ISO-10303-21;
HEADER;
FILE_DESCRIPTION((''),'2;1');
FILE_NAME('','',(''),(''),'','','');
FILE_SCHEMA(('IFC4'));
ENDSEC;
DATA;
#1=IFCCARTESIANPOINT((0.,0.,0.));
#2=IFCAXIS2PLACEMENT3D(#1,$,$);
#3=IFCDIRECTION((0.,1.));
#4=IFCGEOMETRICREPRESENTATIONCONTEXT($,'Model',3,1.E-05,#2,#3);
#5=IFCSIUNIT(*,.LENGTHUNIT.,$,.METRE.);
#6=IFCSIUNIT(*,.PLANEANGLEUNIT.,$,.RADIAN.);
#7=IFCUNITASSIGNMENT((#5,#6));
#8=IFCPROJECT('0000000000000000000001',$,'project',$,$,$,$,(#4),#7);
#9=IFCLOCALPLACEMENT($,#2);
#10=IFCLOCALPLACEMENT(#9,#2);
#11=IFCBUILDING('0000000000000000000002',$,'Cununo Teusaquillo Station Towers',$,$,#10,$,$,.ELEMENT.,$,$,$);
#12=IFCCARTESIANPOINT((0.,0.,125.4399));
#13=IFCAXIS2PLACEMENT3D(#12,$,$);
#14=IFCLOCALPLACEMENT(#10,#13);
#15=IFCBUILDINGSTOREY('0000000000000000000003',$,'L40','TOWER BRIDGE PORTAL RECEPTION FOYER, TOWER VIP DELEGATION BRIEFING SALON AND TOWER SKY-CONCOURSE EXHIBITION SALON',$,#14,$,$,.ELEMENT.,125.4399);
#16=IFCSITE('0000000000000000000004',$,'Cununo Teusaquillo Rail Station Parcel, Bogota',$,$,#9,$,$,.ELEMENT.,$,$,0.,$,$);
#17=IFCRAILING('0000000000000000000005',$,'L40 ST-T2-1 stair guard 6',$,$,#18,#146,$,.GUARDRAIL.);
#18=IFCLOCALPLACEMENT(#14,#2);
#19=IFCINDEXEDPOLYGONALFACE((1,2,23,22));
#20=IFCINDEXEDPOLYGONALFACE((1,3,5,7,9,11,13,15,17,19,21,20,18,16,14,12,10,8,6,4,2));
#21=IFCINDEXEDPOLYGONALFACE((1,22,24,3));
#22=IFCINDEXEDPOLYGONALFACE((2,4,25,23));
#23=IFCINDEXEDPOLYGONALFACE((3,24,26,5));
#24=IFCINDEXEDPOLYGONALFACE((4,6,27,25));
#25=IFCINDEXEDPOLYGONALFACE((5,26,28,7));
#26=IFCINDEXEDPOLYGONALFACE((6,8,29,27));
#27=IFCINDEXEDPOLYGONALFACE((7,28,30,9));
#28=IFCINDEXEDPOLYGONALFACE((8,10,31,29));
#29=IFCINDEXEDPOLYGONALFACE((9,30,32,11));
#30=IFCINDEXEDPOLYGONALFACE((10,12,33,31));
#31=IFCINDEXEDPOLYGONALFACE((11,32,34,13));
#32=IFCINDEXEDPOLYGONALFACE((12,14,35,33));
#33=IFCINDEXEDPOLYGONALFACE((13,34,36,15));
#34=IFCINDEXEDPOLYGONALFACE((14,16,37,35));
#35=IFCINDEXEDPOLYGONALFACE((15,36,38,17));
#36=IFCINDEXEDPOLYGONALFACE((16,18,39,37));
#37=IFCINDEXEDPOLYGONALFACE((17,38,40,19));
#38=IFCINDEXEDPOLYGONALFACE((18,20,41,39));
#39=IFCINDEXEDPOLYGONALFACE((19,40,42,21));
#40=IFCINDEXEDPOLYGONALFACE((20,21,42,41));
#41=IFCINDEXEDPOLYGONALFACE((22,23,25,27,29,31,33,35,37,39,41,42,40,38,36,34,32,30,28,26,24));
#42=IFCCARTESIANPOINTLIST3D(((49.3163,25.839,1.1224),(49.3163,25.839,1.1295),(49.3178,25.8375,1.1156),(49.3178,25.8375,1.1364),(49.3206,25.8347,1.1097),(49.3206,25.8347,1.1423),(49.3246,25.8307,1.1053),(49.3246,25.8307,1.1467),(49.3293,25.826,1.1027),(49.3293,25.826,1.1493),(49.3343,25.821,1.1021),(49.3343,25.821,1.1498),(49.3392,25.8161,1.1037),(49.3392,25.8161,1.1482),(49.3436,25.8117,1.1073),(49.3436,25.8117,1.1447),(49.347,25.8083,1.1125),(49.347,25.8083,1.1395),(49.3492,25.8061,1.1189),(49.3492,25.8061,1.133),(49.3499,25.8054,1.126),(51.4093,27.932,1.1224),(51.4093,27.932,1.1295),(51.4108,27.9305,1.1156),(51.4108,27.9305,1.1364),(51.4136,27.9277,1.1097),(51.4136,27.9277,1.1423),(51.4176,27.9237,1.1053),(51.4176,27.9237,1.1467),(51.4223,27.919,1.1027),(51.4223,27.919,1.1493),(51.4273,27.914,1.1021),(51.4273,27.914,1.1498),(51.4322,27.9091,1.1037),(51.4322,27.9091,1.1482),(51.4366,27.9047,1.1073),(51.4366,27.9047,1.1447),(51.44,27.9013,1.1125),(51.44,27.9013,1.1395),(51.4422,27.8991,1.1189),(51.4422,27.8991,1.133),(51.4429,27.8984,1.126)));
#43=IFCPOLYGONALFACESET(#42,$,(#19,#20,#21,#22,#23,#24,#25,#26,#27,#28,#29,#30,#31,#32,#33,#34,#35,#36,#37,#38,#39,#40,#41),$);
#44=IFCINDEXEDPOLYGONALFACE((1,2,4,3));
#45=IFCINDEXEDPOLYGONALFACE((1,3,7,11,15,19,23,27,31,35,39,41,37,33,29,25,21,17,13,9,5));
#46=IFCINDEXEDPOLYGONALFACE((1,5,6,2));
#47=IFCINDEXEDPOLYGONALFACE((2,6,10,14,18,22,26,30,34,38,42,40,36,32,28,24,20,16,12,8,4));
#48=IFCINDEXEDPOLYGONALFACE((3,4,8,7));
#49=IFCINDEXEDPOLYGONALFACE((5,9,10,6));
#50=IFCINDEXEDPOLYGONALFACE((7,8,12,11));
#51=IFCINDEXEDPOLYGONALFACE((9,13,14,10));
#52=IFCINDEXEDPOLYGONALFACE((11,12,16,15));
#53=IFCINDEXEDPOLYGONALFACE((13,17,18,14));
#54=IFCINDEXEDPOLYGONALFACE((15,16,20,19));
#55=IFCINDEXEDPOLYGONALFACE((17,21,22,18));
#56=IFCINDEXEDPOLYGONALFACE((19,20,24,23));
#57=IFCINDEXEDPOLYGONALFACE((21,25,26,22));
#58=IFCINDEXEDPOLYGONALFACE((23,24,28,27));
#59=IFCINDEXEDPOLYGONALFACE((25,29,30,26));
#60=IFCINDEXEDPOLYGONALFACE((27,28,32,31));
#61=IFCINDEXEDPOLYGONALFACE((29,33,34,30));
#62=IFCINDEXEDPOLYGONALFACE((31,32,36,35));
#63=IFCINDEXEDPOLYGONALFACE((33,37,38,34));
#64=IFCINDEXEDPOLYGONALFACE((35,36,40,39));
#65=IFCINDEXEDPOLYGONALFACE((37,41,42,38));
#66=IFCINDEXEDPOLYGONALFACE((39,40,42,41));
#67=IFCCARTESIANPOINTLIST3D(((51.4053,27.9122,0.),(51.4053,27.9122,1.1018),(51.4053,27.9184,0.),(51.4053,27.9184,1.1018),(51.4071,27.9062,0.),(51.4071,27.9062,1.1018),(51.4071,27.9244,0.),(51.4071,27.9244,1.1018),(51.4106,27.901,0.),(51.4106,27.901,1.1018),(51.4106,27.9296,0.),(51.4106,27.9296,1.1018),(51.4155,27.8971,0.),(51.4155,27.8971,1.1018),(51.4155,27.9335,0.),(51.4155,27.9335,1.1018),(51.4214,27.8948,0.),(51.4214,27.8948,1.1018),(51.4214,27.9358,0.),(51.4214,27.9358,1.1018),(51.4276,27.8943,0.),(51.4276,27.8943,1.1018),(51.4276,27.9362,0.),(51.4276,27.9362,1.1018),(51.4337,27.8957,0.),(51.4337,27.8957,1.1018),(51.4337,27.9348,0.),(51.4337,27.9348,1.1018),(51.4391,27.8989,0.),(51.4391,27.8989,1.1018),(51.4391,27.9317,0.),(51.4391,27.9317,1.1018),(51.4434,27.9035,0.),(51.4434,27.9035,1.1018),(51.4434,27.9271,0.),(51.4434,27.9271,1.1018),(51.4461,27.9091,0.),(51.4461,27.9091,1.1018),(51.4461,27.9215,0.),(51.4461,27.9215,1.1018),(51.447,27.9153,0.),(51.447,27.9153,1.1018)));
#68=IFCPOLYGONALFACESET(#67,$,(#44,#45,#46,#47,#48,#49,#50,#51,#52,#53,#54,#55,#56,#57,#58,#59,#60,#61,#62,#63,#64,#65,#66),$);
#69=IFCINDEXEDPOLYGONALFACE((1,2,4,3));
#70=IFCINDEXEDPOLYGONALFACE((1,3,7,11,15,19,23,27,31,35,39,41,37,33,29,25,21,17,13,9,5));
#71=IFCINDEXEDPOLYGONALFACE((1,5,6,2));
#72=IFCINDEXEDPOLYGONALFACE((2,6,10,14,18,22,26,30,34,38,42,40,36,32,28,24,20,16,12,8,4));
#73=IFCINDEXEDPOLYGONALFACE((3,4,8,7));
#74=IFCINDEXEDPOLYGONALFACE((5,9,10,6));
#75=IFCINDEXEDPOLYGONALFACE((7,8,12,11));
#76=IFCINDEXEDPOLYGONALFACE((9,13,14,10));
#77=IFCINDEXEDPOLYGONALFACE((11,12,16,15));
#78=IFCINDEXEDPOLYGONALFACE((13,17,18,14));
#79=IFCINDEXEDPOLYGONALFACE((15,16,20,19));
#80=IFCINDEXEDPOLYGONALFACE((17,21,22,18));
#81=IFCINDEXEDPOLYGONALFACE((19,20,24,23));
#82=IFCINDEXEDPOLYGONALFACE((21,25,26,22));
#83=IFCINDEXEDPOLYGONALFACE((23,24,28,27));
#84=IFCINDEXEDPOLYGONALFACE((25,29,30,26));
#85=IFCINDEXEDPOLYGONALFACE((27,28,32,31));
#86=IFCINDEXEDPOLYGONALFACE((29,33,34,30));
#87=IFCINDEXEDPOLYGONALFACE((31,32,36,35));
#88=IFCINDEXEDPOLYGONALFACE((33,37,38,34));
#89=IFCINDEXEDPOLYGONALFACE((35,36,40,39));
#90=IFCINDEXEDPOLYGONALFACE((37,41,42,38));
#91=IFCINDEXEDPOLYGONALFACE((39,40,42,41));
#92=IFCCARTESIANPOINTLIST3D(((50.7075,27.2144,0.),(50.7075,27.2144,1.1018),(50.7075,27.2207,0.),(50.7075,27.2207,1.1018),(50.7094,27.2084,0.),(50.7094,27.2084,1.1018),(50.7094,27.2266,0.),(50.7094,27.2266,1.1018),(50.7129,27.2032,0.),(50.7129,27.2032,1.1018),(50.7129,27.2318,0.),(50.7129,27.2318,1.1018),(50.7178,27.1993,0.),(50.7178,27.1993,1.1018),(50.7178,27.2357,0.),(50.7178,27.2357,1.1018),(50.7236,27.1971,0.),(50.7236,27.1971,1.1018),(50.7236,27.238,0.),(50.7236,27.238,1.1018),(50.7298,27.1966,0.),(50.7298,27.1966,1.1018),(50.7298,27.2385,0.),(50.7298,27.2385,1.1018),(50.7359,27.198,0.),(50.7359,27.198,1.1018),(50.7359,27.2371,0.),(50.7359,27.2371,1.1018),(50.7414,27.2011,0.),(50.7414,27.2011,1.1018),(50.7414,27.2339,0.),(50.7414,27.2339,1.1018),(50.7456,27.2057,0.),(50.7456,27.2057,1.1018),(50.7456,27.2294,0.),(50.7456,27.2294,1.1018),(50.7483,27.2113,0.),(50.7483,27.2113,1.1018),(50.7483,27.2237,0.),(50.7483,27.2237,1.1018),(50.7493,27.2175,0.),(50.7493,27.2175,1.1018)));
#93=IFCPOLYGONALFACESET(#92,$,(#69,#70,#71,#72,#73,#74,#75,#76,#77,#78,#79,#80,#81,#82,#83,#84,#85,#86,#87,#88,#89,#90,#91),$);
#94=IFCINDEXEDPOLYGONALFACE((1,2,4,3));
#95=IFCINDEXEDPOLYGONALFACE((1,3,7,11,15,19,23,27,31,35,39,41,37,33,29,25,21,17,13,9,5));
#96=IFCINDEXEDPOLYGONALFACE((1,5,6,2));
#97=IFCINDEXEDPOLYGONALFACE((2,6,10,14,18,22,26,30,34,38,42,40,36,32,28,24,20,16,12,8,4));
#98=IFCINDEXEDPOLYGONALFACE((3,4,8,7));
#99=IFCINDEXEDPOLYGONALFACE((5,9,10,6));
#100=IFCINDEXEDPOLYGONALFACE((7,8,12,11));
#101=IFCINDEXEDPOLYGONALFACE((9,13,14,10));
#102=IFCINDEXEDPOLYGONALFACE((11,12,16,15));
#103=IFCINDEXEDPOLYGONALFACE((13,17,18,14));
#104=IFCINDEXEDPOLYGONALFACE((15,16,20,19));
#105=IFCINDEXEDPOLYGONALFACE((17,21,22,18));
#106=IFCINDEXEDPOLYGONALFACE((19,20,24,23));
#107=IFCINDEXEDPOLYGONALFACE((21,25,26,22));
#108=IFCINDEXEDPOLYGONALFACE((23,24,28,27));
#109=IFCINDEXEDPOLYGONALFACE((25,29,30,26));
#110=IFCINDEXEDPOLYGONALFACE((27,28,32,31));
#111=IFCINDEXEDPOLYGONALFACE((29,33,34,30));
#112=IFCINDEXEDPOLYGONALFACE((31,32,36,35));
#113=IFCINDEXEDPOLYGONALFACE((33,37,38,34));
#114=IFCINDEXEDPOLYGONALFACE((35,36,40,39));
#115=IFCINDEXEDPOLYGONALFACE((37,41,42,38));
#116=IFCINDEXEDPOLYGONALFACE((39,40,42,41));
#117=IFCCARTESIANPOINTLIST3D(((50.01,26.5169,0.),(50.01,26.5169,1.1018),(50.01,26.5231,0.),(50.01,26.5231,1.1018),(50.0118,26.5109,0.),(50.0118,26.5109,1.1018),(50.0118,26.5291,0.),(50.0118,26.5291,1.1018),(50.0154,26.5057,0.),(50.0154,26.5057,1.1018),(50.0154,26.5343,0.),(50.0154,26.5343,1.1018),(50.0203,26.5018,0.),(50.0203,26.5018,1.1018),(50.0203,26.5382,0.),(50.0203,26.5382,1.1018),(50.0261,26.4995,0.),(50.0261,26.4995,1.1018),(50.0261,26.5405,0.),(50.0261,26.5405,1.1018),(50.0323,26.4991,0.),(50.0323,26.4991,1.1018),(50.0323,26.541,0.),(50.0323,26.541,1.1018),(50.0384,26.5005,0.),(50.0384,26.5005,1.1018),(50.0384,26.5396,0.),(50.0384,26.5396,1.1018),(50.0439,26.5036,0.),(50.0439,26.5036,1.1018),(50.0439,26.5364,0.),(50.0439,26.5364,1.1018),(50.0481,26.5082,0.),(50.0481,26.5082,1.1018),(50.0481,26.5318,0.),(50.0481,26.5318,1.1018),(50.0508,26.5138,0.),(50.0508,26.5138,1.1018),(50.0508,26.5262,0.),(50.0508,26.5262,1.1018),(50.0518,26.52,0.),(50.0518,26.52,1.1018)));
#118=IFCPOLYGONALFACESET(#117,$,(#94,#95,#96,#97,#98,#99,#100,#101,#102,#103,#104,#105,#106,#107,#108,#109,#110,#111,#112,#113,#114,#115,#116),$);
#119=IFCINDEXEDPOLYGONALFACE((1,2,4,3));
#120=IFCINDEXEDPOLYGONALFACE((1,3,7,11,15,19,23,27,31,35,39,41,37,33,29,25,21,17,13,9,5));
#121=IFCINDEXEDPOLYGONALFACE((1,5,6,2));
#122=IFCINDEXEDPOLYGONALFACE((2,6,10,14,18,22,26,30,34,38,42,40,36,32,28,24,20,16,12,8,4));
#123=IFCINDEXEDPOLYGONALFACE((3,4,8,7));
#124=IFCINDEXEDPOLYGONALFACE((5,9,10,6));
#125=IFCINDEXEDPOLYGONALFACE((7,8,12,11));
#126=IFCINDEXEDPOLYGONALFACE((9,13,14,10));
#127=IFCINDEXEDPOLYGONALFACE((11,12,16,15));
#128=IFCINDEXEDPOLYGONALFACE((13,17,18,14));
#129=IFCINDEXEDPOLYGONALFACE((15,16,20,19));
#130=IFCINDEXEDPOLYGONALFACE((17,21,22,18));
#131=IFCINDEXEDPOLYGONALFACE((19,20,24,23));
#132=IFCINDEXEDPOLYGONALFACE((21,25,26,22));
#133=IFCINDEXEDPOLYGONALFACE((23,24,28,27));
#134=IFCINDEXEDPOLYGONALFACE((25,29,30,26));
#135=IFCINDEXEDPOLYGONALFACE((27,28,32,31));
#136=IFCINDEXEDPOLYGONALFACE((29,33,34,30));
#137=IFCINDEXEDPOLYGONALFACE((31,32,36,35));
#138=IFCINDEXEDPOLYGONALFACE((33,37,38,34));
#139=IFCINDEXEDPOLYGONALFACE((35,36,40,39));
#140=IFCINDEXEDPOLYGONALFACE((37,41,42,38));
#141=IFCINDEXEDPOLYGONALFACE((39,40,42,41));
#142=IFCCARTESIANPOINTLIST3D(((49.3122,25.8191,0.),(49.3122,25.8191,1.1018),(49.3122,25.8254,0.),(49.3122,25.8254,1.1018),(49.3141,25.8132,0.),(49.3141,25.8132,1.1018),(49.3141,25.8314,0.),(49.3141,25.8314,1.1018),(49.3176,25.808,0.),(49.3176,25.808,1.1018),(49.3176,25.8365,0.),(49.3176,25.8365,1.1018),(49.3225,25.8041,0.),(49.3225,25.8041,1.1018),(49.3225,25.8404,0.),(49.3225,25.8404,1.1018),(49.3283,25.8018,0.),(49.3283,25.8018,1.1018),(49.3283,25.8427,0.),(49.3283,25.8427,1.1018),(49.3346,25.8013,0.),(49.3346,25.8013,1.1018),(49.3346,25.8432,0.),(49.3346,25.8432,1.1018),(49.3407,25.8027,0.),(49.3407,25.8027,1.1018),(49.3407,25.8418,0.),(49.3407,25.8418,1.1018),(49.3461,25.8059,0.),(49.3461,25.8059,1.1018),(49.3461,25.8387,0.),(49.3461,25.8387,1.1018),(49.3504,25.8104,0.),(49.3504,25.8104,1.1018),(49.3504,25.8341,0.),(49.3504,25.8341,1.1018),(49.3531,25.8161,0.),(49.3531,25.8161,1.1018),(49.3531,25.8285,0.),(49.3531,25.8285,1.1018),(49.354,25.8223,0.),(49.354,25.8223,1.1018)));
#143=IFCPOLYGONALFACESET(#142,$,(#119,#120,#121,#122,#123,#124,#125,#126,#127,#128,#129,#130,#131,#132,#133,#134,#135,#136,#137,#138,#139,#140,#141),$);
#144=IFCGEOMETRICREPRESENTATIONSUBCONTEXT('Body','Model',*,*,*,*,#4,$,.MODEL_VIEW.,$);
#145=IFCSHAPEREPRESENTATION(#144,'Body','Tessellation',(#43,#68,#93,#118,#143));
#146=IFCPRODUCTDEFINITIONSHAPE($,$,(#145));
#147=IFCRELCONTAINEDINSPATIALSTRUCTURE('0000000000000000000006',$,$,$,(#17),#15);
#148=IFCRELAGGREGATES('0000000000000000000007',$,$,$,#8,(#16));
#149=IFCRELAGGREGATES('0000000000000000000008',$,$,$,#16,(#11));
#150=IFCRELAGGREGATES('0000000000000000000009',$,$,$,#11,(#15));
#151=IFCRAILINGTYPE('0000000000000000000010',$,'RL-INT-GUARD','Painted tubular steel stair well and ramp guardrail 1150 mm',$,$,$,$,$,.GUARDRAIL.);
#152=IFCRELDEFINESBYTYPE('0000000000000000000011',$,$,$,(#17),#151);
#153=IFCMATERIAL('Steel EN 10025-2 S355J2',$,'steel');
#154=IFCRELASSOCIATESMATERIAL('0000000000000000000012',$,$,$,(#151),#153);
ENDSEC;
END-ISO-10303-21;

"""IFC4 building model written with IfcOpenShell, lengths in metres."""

from ifc_helpers import new_model, si_unit, direction, frame, origin, origin_2d, place, context, subcontext, project, spatial, circle, extrude, material, type_object, element, save


model = new_model("IFC4")

# Units and contexts
model_context = context("Model", 3, precision=1e-05, world=origin(), true_north=direction((0.0, 1.0)))
body_context = subcontext(model_context, "Body", "Model", "MODEL_VIEW")
ifc_project = project(units=[si_unit("LENGTHUNIT", "METRE"), si_unit("PLANEANGLEUNIT", "RADIAN")], contexts=[model_context])

# Site, building, storey
site_placement = place(None, origin())
site = spatial("IfcSite", under=ifc_project, at=site_placement, Name="Cununo Teusaquillo Rail Station Parcel, Bogota", CompositionType="ELEMENT", RefElevation=0.0)
building_placement = place(site_placement, origin())
building = spatial("IfcBuilding", under=site, at=building_placement, Name="Cununo Teusaquillo Station Towers", CompositionType="ELEMENT")
storey_placement = place(building_placement, frame((0.0, 0.0, 125.4399)))
storey = spatial("IfcBuildingStorey", under=building, at=storey_placement, Name="L40", Description="TOWER BRIDGE PORTAL RECEPTION FOYER, TOWER VIP DELEGATION BRIEFING SALON AND TOWER SKY-CONCOURSE EXHIBITION SALON", CompositionType="ELEMENT", Elevation=125.4399)

# Railing
ifc_material_1 = material(Name="Steel EN 10025-2 S355J2", Category="steel")
railing_type = type_object("IfcRailingType", Name="RL-INT-GUARD", Description="Painted tubular steel stair well and ramp guardrail 1150 mm", PredefinedType="GUARDRAIL", material=ifc_material_1)
railing_1_placement = place(storey_placement, frame((51.426, 27.9153, 0.0)))
element("IfcRailing", 1, at=railing_1_placement, inside=storey, type_object=railing_type, Name="L40 ST-T2-1 stair guard 6", PredefinedType="GUARDRAIL", context=body_context, shape_type="SweptSolid", body=[
    extrude(circle(Radius=0.0239, at=origin_2d()), frame((0.0, 0.0, 1.126), z_axis=(-0.707107, -0.707107, 0.0), x_axis=(0.707107, -0.707107, 0.0)), (0.0, 0.0, 1.0), 2.96),
    extrude(circle(Radius=0.021, at=origin_2d()), origin(), (0.0, 0.0, 1.0), 1.1018),
    extrude(circle(Radius=0.021, at=origin_2d()), frame((-0.6978, -0.6978, 0.0)), (0.0, 0.0, 1.0), 1.1018),
    extrude(circle(Radius=0.021, at=origin_2d()), frame((-1.3953, -1.3953, 0.0)), (0.0, 0.0, 1.0), 1.1018),
    extrude(circle(Radius=0.021, at=origin_2d()), frame((-2.093, -2.093, 0.0)), (0.0, 0.0, 1.0), 1.1018),
])

save(model, "model.ifc")
